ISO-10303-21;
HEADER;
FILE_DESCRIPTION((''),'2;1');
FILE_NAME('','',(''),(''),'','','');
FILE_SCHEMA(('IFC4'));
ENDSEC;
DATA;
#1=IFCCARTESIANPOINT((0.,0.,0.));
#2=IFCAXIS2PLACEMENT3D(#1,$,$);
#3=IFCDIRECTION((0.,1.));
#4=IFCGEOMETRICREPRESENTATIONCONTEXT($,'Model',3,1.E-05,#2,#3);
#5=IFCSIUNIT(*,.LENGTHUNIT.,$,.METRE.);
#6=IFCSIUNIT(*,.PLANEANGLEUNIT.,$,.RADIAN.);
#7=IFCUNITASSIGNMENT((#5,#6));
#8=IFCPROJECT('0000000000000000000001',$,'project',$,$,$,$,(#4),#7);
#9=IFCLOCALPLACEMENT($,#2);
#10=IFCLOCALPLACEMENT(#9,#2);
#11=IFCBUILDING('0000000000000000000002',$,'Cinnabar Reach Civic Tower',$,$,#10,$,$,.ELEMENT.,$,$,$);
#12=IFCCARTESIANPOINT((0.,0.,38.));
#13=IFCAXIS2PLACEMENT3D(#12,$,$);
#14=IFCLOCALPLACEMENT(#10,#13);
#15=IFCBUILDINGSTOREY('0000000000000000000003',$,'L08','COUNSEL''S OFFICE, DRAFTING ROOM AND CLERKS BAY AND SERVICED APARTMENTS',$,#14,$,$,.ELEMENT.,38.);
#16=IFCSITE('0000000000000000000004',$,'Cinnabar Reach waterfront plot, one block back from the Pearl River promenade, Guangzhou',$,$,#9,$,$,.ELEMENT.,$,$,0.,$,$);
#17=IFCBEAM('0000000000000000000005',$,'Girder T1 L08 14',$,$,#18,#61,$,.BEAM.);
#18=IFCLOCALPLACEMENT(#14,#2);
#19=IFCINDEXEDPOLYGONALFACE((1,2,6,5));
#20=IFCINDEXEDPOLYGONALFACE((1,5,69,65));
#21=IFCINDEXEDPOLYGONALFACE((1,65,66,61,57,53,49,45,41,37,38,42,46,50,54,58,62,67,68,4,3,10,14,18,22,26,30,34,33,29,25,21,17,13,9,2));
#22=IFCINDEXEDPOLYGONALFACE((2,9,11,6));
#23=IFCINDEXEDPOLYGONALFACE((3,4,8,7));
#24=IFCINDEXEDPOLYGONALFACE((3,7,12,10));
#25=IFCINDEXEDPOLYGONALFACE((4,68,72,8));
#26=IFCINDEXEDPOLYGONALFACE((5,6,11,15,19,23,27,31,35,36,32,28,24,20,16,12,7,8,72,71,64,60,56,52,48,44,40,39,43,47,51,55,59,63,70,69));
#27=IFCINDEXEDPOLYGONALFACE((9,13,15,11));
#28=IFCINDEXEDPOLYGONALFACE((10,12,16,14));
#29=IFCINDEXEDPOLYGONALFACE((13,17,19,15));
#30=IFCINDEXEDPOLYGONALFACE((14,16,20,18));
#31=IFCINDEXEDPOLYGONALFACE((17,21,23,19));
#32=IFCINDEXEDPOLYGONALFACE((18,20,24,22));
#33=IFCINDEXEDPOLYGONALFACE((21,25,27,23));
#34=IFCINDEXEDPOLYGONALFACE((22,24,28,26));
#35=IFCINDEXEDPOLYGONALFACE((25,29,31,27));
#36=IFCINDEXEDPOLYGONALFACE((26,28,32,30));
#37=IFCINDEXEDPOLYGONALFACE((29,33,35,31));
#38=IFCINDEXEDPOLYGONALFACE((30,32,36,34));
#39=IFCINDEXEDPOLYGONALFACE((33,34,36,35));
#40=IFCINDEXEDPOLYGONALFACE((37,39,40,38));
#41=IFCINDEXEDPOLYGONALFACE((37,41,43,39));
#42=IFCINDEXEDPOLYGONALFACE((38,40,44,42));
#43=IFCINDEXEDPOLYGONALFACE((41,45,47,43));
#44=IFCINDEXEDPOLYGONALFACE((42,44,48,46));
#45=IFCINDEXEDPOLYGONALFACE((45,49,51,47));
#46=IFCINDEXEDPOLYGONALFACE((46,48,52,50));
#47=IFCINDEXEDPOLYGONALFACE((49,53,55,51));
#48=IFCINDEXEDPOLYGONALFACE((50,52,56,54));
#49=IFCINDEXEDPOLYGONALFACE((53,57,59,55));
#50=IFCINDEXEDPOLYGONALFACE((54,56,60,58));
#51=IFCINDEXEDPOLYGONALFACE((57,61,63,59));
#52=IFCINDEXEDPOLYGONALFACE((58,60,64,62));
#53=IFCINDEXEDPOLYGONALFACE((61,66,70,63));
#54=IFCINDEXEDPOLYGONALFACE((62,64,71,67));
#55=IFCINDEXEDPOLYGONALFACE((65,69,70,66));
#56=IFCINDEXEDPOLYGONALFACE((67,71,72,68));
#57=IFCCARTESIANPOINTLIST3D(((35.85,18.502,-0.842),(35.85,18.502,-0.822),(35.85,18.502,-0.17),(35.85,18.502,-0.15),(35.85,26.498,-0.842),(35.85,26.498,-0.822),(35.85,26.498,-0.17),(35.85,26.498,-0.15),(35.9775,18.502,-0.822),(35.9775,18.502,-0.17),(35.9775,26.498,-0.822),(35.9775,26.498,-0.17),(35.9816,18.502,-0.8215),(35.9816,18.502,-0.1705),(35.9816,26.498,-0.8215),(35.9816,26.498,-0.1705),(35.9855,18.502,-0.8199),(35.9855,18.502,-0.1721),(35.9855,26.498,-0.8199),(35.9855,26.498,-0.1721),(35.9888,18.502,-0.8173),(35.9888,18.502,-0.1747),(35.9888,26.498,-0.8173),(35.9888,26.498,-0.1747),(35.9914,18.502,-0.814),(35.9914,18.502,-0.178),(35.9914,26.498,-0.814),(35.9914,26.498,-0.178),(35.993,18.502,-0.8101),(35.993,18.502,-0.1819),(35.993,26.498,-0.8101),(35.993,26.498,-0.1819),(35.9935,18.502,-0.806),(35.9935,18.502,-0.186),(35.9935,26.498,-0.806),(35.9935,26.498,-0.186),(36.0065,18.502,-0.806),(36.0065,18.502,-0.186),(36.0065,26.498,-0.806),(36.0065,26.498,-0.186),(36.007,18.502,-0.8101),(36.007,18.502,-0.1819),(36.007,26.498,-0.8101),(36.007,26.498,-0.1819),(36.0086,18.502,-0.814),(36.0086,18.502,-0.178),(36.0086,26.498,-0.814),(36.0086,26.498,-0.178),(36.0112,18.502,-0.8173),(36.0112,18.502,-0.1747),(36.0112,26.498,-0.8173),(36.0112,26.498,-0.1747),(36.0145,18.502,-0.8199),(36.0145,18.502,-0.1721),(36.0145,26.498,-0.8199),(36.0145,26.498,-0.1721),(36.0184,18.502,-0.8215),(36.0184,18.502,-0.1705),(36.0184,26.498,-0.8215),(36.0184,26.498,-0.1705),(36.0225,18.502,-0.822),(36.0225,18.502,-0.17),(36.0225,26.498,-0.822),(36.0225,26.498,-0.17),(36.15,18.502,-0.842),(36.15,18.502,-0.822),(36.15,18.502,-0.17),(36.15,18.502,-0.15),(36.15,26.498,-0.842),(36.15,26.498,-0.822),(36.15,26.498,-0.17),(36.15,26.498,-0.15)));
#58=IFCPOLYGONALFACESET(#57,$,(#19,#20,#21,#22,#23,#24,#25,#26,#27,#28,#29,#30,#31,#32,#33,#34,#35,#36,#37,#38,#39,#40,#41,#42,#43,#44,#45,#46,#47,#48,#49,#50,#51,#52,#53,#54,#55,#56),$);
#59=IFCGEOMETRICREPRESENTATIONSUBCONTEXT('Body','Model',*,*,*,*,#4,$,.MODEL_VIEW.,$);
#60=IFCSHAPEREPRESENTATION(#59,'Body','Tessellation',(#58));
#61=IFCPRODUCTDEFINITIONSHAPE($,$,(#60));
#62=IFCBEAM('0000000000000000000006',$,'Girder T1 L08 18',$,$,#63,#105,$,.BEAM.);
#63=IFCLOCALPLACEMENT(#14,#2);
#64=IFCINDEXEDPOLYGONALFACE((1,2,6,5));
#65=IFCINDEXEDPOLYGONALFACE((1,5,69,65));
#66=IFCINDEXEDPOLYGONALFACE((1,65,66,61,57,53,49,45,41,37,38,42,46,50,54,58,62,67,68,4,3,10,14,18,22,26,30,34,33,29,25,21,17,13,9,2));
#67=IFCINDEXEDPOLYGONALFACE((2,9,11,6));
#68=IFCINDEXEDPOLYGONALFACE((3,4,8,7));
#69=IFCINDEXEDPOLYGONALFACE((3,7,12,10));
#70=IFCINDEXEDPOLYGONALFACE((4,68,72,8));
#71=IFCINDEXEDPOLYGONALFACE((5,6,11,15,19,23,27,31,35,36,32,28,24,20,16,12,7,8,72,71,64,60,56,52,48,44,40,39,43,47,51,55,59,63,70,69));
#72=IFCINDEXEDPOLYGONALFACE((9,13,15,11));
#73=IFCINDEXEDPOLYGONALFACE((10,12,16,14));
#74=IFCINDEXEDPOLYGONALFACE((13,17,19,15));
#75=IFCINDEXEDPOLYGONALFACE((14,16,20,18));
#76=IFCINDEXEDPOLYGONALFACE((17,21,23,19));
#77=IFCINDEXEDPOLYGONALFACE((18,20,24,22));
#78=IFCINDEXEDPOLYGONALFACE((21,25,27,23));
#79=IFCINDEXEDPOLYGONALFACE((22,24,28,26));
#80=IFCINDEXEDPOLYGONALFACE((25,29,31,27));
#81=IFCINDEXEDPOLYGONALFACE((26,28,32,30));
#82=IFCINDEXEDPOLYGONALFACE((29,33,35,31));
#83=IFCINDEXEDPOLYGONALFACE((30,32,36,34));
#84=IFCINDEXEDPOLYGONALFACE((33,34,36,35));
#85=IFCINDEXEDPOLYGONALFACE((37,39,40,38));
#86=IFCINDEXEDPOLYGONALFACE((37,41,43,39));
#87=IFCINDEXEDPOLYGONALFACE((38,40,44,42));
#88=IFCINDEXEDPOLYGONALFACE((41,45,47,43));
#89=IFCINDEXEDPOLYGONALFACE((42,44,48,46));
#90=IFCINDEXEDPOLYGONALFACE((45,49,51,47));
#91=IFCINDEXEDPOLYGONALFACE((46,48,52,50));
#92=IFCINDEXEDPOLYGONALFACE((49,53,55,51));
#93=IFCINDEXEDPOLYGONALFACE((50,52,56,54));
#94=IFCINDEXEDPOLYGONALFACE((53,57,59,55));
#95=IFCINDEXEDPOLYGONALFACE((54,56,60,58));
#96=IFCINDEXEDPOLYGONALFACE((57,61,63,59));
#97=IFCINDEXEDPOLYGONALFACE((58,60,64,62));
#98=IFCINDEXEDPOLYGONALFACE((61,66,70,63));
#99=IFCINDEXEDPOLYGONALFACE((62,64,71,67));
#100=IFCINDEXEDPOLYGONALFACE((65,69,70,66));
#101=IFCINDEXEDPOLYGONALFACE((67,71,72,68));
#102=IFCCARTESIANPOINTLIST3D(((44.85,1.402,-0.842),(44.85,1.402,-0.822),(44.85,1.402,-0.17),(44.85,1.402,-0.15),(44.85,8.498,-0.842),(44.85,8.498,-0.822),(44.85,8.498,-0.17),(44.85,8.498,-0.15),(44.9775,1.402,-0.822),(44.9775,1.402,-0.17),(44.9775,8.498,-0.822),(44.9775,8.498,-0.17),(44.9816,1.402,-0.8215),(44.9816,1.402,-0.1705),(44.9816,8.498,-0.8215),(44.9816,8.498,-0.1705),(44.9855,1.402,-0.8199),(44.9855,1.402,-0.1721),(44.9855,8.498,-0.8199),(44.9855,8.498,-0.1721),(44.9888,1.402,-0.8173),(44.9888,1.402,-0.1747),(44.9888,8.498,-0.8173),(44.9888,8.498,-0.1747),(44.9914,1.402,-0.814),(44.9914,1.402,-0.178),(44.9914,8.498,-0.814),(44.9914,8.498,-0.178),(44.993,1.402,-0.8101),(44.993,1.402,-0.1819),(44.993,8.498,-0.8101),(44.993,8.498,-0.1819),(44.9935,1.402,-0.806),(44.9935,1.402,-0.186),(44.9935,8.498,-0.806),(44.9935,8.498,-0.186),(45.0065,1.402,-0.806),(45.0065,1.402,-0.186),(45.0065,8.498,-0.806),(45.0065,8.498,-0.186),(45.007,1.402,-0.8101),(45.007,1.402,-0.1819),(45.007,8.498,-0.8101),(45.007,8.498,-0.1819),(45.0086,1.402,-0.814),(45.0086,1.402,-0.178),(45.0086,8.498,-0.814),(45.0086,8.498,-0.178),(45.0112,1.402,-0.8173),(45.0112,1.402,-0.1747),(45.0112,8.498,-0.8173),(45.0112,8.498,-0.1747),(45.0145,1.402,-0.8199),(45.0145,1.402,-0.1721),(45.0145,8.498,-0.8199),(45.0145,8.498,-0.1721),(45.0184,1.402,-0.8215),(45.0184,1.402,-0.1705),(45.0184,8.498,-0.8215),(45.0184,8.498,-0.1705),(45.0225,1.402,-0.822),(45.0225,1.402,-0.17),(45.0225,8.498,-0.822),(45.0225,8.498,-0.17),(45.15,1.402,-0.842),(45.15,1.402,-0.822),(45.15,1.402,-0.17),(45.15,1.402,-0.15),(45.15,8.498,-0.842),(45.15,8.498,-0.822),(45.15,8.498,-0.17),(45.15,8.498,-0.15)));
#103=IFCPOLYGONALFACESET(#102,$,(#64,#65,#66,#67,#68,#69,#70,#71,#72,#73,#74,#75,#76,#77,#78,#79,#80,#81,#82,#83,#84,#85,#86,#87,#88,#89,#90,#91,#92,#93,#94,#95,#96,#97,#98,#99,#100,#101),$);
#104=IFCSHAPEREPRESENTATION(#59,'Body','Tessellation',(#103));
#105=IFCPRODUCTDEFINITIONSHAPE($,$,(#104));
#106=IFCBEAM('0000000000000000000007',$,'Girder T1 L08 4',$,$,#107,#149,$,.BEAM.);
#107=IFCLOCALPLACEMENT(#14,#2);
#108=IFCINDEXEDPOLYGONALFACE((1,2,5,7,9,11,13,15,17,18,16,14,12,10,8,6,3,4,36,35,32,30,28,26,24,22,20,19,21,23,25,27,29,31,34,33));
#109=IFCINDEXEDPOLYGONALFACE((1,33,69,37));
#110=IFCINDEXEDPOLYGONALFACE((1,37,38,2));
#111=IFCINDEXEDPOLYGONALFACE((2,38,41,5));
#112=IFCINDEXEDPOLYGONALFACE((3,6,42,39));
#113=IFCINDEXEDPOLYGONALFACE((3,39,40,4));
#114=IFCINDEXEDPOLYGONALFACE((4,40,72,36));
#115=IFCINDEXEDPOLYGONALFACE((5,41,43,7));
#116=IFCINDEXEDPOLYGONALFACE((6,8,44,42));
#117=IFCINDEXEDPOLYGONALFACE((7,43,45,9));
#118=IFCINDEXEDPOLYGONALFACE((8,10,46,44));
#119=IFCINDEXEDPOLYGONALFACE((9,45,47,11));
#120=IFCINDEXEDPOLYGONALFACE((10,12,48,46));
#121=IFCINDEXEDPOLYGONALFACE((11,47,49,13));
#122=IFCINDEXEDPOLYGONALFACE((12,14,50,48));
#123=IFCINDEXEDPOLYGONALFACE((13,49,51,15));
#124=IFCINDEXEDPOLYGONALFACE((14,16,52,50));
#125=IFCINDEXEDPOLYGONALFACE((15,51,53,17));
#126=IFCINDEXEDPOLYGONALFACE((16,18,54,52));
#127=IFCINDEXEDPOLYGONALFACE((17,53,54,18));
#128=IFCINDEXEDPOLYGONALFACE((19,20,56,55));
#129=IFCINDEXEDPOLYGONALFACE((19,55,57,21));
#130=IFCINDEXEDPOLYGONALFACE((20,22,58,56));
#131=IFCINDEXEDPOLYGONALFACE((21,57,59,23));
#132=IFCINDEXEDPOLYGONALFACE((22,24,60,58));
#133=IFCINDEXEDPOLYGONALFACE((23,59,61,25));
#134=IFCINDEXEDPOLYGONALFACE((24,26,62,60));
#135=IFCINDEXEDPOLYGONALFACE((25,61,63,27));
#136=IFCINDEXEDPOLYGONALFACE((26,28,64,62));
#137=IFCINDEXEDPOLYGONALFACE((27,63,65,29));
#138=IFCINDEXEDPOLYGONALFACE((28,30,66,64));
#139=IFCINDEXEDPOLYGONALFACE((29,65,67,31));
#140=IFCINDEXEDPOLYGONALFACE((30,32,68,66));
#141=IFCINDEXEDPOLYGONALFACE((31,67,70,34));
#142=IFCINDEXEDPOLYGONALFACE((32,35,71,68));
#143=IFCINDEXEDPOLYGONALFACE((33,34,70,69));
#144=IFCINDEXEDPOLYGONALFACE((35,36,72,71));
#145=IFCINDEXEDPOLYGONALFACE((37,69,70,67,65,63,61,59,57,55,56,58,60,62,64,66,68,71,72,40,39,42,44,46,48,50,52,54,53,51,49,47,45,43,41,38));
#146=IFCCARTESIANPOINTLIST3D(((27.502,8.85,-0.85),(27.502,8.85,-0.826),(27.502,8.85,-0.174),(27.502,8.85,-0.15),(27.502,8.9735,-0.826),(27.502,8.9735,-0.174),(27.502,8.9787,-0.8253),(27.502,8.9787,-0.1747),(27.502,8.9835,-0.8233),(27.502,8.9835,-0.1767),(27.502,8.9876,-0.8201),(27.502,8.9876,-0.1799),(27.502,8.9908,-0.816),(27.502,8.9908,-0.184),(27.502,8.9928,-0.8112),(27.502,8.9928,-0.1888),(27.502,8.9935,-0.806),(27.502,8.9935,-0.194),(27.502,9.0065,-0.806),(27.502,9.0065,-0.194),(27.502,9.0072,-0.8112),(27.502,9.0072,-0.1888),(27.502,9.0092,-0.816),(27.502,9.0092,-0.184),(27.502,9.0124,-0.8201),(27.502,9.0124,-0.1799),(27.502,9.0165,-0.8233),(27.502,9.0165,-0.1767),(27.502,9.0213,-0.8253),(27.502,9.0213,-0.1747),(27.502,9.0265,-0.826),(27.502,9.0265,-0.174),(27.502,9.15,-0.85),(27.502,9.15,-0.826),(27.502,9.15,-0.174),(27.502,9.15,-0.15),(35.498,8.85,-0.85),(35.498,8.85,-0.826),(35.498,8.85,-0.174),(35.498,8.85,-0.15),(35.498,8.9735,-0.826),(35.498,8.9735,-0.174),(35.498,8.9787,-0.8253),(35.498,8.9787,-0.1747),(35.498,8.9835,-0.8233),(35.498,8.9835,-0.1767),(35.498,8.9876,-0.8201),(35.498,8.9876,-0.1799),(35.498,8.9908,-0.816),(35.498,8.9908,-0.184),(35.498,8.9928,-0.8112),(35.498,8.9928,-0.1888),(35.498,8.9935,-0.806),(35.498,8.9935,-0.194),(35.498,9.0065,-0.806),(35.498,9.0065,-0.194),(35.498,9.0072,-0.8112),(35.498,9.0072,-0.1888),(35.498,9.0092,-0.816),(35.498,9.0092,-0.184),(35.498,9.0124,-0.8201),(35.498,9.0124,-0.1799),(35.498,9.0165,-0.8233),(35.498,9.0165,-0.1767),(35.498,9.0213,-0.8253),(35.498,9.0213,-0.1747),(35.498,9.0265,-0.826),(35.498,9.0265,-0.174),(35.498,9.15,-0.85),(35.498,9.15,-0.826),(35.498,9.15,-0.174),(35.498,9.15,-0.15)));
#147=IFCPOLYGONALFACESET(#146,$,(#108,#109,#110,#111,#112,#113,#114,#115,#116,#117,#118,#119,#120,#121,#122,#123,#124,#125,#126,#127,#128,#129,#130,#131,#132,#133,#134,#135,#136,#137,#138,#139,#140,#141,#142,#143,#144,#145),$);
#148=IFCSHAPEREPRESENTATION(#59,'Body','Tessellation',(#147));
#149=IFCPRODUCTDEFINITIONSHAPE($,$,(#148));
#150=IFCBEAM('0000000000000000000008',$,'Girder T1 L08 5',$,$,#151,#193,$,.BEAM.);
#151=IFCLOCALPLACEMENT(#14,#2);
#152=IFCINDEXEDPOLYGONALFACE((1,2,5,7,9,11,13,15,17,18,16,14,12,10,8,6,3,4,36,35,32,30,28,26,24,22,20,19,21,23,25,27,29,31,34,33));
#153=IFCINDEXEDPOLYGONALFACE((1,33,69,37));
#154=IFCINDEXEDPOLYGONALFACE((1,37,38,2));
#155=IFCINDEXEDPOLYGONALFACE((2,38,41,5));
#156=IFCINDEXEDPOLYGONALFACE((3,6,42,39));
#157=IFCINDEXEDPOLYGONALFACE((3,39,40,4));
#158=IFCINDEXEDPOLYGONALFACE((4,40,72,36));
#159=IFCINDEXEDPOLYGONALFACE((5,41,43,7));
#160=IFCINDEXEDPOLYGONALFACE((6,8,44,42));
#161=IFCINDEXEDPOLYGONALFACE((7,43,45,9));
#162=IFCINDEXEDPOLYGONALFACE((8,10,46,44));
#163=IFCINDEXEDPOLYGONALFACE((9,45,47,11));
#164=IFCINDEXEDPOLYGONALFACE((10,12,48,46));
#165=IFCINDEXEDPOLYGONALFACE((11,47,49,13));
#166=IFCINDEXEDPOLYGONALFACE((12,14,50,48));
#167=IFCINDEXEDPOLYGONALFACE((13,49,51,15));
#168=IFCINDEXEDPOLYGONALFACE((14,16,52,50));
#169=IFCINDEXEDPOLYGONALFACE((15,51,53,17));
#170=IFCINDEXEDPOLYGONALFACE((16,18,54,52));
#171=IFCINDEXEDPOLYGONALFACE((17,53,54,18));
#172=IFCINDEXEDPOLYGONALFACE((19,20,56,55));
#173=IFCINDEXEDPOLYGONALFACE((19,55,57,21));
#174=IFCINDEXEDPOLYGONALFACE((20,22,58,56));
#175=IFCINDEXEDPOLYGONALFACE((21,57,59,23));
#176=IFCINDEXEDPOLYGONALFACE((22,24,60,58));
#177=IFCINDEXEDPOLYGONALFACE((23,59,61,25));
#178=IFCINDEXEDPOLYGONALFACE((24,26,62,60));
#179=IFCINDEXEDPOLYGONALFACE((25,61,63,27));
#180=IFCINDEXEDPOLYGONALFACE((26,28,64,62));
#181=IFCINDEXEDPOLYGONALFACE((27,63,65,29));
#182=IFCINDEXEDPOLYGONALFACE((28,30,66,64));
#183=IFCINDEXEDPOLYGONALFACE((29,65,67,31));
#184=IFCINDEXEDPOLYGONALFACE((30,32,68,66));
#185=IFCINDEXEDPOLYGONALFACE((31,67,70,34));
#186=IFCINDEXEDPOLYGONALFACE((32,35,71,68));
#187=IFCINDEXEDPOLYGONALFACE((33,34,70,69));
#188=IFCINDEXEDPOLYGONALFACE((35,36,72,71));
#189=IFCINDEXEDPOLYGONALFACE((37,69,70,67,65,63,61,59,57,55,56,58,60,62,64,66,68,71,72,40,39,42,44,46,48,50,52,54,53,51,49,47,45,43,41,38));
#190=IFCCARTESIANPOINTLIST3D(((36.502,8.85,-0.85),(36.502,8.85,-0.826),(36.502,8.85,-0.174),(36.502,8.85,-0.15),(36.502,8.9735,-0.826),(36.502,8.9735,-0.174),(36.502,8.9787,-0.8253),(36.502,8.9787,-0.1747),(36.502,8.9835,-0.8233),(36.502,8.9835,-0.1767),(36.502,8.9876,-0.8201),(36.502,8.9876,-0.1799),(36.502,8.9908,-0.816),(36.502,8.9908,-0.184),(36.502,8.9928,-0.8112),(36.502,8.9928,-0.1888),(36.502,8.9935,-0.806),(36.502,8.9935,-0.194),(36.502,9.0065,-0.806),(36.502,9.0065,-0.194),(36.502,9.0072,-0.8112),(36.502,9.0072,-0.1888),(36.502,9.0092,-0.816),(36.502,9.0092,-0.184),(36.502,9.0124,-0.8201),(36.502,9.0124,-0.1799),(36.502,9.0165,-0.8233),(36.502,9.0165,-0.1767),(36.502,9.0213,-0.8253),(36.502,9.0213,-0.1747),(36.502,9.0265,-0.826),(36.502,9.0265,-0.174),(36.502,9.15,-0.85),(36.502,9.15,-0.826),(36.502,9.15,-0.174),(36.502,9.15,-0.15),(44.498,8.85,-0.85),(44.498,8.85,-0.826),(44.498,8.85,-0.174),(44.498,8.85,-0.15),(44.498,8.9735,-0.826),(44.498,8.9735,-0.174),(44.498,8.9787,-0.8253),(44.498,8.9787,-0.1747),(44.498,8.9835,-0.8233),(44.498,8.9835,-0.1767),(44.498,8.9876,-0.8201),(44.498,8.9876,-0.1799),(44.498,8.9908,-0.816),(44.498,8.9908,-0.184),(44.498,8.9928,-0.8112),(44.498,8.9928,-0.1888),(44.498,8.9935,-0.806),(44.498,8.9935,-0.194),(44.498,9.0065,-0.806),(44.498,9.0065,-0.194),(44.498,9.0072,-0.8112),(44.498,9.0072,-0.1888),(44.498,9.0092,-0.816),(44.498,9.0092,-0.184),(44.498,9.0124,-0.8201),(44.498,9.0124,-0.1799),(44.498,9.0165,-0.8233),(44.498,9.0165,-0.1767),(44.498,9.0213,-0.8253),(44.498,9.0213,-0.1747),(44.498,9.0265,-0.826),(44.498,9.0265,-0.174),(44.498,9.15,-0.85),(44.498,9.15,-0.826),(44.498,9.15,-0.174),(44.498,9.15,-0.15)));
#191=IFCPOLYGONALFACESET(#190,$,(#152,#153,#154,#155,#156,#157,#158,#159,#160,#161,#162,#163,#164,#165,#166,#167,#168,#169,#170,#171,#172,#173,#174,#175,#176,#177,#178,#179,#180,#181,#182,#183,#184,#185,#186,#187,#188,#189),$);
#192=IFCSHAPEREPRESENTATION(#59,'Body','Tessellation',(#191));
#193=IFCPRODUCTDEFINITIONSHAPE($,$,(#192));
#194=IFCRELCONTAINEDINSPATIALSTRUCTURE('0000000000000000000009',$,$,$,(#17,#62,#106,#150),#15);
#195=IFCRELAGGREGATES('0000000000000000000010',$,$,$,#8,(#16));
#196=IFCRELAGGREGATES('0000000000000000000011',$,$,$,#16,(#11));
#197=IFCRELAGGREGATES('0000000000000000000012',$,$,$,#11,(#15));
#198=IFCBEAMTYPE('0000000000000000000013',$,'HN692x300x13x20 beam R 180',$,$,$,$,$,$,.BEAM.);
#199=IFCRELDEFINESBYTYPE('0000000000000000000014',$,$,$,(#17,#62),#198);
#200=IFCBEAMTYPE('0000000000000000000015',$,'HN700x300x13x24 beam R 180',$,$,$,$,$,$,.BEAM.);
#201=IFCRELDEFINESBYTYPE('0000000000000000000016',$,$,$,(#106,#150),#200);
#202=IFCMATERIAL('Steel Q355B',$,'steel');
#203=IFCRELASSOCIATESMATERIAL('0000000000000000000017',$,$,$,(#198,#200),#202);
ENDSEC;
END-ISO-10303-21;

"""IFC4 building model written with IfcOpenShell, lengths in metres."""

from ifc_helpers import new_model, si_unit, direction, frame, origin, origin_2d, place, context, subcontext, project, spatial, i_section, extrude, material, material_profile, profile_set, type_object, element, save


model = new_model("IFC4")

# Units and contexts
model_context = context("Model", 3, precision=1e-05, world=origin(), true_north=direction((0.0, 1.0)))
body_context = subcontext(model_context, "Body", "Model", "MODEL_VIEW")
ifc_project = project(units=[si_unit("LENGTHUNIT", "METRE"), si_unit("PLANEANGLEUNIT", "RADIAN")], contexts=[model_context])

# Site, building, storey
site_placement = place(None, origin())
site = spatial("IfcSite", under=ifc_project, at=site_placement, Name="Cinnabar Reach waterfront plot, one block back from the Pearl River promenade, Guangzhou", CompositionType="ELEMENT", RefElevation=0.0)
building_placement = place(site_placement, origin())
building = spatial("IfcBuilding", under=site, at=building_placement, Name="Cinnabar Reach Civic Tower", CompositionType="ELEMENT")
storey_placement = place(building_placement, frame((0.0, 0.0, 38.0)))
storey = spatial("IfcBuildingStorey", under=building, at=storey_placement, Name="L08", Description="COUNSEL'S OFFICE, DRAFTING ROOM AND CLERKS BAY AND SERVICED APARTMENTS", CompositionType="ELEMENT", Elevation=38.0)

# Beams
ifc_material_1 = material(Name="Steel Q355B", Category="steel")
ifc_material_profile_1 = material_profile(ifc_material_1, i_section(OverallWidth=0.3, OverallDepth=0.692, WebThickness=0.013, FlangeThickness=0.02, FilletRadius=0.016, at=origin_2d()), Name="HN692x300x13x20")
ifc_profile_set_1 = profile_set([ifc_material_profile_1], Name="Steel Q355B")
beam_type_1 = type_object("IfcBeamType", Name="HN692x300x13x20 beam R 180", PredefinedType="BEAM", material=ifc_profile_set_1)
for number, where, z_axis, x_axis, name in (
    (1, (36.0, 18.502, -0.496), (0.0, 1.0, 0.0), (-1.0, 0.0, 0.0), "Girder T1 L08 14"),
):
    element("IfcBeam", number, at=place(storey_placement, frame(where, z_axis=z_axis, x_axis=x_axis)), inside=storey, type_object=beam_type_1, Name=name, PredefinedType="BEAM", context=body_context, shape_type="SweptSolid", body=[
        extrude(i_section(OverallWidth=0.3, OverallDepth=0.692, WebThickness=0.013, FlangeThickness=0.02, FilletRadius=0.016, at=origin_2d()), origin(), (0.0, 0.0, 1.0), 7.996),
    ])
beam_1_placement = place(storey_placement, frame((45.0, 1.402, -0.496), z_axis=(0.0, 1.0, 0.0), x_axis=(-1.0, 0.0, 0.0)))
element("IfcBeam", 2, at=beam_1_placement, inside=storey, type_object=beam_type_1, Name="Girder T1 L08 18", PredefinedType="BEAM", context=body_context, shape_type="SweptSolid", body=[
    extrude(i_section(OverallWidth=0.3, OverallDepth=0.692, WebThickness=0.013, FlangeThickness=0.02, FilletRadius=0.016, at=origin_2d()), origin(), (0.0, 0.0, 1.0), 7.096),
])
ifc_material_profile_2 = material_profile(ifc_material_1, i_section(OverallWidth=0.3, OverallDepth=0.7, WebThickness=0.013, FlangeThickness=0.024, FilletRadius=0.02, at=origin_2d()), Name="HN700x300x13x24")
ifc_profile_set_2 = profile_set([ifc_material_profile_2], Name="Steel Q355B")
beam_type_2 = type_object("IfcBeamType", Name="HN700x300x13x24 beam R 180", PredefinedType="BEAM", material=ifc_profile_set_2)
for number, where, z_axis, x_axis, name in (
    (3, (27.502, 9.0, -0.5), (1.0, 0.0, 0.0), (0.0, 1.0, 0.0), "Girder T1 L08 4"),
    (4, (36.502, 9.0, -0.5), (1.0, 0.0, 0.0), (0.0, 1.0, 0.0), "Girder T1 L08 5"),
):
    element("IfcBeam", number, at=place(storey_placement, frame(where, z_axis=z_axis, x_axis=x_axis)), inside=storey, type_object=beam_type_2, Name=name, PredefinedType="BEAM", context=body_context, shape_type="SweptSolid", body=[
        extrude(i_section(OverallWidth=0.3, OverallDepth=0.7, WebThickness=0.013, FlangeThickness=0.024, FilletRadius=0.02, at=origin_2d()), origin(), (0.0, 0.0, 1.0), 7.996),
    ])

save(model, "model.ifc")
